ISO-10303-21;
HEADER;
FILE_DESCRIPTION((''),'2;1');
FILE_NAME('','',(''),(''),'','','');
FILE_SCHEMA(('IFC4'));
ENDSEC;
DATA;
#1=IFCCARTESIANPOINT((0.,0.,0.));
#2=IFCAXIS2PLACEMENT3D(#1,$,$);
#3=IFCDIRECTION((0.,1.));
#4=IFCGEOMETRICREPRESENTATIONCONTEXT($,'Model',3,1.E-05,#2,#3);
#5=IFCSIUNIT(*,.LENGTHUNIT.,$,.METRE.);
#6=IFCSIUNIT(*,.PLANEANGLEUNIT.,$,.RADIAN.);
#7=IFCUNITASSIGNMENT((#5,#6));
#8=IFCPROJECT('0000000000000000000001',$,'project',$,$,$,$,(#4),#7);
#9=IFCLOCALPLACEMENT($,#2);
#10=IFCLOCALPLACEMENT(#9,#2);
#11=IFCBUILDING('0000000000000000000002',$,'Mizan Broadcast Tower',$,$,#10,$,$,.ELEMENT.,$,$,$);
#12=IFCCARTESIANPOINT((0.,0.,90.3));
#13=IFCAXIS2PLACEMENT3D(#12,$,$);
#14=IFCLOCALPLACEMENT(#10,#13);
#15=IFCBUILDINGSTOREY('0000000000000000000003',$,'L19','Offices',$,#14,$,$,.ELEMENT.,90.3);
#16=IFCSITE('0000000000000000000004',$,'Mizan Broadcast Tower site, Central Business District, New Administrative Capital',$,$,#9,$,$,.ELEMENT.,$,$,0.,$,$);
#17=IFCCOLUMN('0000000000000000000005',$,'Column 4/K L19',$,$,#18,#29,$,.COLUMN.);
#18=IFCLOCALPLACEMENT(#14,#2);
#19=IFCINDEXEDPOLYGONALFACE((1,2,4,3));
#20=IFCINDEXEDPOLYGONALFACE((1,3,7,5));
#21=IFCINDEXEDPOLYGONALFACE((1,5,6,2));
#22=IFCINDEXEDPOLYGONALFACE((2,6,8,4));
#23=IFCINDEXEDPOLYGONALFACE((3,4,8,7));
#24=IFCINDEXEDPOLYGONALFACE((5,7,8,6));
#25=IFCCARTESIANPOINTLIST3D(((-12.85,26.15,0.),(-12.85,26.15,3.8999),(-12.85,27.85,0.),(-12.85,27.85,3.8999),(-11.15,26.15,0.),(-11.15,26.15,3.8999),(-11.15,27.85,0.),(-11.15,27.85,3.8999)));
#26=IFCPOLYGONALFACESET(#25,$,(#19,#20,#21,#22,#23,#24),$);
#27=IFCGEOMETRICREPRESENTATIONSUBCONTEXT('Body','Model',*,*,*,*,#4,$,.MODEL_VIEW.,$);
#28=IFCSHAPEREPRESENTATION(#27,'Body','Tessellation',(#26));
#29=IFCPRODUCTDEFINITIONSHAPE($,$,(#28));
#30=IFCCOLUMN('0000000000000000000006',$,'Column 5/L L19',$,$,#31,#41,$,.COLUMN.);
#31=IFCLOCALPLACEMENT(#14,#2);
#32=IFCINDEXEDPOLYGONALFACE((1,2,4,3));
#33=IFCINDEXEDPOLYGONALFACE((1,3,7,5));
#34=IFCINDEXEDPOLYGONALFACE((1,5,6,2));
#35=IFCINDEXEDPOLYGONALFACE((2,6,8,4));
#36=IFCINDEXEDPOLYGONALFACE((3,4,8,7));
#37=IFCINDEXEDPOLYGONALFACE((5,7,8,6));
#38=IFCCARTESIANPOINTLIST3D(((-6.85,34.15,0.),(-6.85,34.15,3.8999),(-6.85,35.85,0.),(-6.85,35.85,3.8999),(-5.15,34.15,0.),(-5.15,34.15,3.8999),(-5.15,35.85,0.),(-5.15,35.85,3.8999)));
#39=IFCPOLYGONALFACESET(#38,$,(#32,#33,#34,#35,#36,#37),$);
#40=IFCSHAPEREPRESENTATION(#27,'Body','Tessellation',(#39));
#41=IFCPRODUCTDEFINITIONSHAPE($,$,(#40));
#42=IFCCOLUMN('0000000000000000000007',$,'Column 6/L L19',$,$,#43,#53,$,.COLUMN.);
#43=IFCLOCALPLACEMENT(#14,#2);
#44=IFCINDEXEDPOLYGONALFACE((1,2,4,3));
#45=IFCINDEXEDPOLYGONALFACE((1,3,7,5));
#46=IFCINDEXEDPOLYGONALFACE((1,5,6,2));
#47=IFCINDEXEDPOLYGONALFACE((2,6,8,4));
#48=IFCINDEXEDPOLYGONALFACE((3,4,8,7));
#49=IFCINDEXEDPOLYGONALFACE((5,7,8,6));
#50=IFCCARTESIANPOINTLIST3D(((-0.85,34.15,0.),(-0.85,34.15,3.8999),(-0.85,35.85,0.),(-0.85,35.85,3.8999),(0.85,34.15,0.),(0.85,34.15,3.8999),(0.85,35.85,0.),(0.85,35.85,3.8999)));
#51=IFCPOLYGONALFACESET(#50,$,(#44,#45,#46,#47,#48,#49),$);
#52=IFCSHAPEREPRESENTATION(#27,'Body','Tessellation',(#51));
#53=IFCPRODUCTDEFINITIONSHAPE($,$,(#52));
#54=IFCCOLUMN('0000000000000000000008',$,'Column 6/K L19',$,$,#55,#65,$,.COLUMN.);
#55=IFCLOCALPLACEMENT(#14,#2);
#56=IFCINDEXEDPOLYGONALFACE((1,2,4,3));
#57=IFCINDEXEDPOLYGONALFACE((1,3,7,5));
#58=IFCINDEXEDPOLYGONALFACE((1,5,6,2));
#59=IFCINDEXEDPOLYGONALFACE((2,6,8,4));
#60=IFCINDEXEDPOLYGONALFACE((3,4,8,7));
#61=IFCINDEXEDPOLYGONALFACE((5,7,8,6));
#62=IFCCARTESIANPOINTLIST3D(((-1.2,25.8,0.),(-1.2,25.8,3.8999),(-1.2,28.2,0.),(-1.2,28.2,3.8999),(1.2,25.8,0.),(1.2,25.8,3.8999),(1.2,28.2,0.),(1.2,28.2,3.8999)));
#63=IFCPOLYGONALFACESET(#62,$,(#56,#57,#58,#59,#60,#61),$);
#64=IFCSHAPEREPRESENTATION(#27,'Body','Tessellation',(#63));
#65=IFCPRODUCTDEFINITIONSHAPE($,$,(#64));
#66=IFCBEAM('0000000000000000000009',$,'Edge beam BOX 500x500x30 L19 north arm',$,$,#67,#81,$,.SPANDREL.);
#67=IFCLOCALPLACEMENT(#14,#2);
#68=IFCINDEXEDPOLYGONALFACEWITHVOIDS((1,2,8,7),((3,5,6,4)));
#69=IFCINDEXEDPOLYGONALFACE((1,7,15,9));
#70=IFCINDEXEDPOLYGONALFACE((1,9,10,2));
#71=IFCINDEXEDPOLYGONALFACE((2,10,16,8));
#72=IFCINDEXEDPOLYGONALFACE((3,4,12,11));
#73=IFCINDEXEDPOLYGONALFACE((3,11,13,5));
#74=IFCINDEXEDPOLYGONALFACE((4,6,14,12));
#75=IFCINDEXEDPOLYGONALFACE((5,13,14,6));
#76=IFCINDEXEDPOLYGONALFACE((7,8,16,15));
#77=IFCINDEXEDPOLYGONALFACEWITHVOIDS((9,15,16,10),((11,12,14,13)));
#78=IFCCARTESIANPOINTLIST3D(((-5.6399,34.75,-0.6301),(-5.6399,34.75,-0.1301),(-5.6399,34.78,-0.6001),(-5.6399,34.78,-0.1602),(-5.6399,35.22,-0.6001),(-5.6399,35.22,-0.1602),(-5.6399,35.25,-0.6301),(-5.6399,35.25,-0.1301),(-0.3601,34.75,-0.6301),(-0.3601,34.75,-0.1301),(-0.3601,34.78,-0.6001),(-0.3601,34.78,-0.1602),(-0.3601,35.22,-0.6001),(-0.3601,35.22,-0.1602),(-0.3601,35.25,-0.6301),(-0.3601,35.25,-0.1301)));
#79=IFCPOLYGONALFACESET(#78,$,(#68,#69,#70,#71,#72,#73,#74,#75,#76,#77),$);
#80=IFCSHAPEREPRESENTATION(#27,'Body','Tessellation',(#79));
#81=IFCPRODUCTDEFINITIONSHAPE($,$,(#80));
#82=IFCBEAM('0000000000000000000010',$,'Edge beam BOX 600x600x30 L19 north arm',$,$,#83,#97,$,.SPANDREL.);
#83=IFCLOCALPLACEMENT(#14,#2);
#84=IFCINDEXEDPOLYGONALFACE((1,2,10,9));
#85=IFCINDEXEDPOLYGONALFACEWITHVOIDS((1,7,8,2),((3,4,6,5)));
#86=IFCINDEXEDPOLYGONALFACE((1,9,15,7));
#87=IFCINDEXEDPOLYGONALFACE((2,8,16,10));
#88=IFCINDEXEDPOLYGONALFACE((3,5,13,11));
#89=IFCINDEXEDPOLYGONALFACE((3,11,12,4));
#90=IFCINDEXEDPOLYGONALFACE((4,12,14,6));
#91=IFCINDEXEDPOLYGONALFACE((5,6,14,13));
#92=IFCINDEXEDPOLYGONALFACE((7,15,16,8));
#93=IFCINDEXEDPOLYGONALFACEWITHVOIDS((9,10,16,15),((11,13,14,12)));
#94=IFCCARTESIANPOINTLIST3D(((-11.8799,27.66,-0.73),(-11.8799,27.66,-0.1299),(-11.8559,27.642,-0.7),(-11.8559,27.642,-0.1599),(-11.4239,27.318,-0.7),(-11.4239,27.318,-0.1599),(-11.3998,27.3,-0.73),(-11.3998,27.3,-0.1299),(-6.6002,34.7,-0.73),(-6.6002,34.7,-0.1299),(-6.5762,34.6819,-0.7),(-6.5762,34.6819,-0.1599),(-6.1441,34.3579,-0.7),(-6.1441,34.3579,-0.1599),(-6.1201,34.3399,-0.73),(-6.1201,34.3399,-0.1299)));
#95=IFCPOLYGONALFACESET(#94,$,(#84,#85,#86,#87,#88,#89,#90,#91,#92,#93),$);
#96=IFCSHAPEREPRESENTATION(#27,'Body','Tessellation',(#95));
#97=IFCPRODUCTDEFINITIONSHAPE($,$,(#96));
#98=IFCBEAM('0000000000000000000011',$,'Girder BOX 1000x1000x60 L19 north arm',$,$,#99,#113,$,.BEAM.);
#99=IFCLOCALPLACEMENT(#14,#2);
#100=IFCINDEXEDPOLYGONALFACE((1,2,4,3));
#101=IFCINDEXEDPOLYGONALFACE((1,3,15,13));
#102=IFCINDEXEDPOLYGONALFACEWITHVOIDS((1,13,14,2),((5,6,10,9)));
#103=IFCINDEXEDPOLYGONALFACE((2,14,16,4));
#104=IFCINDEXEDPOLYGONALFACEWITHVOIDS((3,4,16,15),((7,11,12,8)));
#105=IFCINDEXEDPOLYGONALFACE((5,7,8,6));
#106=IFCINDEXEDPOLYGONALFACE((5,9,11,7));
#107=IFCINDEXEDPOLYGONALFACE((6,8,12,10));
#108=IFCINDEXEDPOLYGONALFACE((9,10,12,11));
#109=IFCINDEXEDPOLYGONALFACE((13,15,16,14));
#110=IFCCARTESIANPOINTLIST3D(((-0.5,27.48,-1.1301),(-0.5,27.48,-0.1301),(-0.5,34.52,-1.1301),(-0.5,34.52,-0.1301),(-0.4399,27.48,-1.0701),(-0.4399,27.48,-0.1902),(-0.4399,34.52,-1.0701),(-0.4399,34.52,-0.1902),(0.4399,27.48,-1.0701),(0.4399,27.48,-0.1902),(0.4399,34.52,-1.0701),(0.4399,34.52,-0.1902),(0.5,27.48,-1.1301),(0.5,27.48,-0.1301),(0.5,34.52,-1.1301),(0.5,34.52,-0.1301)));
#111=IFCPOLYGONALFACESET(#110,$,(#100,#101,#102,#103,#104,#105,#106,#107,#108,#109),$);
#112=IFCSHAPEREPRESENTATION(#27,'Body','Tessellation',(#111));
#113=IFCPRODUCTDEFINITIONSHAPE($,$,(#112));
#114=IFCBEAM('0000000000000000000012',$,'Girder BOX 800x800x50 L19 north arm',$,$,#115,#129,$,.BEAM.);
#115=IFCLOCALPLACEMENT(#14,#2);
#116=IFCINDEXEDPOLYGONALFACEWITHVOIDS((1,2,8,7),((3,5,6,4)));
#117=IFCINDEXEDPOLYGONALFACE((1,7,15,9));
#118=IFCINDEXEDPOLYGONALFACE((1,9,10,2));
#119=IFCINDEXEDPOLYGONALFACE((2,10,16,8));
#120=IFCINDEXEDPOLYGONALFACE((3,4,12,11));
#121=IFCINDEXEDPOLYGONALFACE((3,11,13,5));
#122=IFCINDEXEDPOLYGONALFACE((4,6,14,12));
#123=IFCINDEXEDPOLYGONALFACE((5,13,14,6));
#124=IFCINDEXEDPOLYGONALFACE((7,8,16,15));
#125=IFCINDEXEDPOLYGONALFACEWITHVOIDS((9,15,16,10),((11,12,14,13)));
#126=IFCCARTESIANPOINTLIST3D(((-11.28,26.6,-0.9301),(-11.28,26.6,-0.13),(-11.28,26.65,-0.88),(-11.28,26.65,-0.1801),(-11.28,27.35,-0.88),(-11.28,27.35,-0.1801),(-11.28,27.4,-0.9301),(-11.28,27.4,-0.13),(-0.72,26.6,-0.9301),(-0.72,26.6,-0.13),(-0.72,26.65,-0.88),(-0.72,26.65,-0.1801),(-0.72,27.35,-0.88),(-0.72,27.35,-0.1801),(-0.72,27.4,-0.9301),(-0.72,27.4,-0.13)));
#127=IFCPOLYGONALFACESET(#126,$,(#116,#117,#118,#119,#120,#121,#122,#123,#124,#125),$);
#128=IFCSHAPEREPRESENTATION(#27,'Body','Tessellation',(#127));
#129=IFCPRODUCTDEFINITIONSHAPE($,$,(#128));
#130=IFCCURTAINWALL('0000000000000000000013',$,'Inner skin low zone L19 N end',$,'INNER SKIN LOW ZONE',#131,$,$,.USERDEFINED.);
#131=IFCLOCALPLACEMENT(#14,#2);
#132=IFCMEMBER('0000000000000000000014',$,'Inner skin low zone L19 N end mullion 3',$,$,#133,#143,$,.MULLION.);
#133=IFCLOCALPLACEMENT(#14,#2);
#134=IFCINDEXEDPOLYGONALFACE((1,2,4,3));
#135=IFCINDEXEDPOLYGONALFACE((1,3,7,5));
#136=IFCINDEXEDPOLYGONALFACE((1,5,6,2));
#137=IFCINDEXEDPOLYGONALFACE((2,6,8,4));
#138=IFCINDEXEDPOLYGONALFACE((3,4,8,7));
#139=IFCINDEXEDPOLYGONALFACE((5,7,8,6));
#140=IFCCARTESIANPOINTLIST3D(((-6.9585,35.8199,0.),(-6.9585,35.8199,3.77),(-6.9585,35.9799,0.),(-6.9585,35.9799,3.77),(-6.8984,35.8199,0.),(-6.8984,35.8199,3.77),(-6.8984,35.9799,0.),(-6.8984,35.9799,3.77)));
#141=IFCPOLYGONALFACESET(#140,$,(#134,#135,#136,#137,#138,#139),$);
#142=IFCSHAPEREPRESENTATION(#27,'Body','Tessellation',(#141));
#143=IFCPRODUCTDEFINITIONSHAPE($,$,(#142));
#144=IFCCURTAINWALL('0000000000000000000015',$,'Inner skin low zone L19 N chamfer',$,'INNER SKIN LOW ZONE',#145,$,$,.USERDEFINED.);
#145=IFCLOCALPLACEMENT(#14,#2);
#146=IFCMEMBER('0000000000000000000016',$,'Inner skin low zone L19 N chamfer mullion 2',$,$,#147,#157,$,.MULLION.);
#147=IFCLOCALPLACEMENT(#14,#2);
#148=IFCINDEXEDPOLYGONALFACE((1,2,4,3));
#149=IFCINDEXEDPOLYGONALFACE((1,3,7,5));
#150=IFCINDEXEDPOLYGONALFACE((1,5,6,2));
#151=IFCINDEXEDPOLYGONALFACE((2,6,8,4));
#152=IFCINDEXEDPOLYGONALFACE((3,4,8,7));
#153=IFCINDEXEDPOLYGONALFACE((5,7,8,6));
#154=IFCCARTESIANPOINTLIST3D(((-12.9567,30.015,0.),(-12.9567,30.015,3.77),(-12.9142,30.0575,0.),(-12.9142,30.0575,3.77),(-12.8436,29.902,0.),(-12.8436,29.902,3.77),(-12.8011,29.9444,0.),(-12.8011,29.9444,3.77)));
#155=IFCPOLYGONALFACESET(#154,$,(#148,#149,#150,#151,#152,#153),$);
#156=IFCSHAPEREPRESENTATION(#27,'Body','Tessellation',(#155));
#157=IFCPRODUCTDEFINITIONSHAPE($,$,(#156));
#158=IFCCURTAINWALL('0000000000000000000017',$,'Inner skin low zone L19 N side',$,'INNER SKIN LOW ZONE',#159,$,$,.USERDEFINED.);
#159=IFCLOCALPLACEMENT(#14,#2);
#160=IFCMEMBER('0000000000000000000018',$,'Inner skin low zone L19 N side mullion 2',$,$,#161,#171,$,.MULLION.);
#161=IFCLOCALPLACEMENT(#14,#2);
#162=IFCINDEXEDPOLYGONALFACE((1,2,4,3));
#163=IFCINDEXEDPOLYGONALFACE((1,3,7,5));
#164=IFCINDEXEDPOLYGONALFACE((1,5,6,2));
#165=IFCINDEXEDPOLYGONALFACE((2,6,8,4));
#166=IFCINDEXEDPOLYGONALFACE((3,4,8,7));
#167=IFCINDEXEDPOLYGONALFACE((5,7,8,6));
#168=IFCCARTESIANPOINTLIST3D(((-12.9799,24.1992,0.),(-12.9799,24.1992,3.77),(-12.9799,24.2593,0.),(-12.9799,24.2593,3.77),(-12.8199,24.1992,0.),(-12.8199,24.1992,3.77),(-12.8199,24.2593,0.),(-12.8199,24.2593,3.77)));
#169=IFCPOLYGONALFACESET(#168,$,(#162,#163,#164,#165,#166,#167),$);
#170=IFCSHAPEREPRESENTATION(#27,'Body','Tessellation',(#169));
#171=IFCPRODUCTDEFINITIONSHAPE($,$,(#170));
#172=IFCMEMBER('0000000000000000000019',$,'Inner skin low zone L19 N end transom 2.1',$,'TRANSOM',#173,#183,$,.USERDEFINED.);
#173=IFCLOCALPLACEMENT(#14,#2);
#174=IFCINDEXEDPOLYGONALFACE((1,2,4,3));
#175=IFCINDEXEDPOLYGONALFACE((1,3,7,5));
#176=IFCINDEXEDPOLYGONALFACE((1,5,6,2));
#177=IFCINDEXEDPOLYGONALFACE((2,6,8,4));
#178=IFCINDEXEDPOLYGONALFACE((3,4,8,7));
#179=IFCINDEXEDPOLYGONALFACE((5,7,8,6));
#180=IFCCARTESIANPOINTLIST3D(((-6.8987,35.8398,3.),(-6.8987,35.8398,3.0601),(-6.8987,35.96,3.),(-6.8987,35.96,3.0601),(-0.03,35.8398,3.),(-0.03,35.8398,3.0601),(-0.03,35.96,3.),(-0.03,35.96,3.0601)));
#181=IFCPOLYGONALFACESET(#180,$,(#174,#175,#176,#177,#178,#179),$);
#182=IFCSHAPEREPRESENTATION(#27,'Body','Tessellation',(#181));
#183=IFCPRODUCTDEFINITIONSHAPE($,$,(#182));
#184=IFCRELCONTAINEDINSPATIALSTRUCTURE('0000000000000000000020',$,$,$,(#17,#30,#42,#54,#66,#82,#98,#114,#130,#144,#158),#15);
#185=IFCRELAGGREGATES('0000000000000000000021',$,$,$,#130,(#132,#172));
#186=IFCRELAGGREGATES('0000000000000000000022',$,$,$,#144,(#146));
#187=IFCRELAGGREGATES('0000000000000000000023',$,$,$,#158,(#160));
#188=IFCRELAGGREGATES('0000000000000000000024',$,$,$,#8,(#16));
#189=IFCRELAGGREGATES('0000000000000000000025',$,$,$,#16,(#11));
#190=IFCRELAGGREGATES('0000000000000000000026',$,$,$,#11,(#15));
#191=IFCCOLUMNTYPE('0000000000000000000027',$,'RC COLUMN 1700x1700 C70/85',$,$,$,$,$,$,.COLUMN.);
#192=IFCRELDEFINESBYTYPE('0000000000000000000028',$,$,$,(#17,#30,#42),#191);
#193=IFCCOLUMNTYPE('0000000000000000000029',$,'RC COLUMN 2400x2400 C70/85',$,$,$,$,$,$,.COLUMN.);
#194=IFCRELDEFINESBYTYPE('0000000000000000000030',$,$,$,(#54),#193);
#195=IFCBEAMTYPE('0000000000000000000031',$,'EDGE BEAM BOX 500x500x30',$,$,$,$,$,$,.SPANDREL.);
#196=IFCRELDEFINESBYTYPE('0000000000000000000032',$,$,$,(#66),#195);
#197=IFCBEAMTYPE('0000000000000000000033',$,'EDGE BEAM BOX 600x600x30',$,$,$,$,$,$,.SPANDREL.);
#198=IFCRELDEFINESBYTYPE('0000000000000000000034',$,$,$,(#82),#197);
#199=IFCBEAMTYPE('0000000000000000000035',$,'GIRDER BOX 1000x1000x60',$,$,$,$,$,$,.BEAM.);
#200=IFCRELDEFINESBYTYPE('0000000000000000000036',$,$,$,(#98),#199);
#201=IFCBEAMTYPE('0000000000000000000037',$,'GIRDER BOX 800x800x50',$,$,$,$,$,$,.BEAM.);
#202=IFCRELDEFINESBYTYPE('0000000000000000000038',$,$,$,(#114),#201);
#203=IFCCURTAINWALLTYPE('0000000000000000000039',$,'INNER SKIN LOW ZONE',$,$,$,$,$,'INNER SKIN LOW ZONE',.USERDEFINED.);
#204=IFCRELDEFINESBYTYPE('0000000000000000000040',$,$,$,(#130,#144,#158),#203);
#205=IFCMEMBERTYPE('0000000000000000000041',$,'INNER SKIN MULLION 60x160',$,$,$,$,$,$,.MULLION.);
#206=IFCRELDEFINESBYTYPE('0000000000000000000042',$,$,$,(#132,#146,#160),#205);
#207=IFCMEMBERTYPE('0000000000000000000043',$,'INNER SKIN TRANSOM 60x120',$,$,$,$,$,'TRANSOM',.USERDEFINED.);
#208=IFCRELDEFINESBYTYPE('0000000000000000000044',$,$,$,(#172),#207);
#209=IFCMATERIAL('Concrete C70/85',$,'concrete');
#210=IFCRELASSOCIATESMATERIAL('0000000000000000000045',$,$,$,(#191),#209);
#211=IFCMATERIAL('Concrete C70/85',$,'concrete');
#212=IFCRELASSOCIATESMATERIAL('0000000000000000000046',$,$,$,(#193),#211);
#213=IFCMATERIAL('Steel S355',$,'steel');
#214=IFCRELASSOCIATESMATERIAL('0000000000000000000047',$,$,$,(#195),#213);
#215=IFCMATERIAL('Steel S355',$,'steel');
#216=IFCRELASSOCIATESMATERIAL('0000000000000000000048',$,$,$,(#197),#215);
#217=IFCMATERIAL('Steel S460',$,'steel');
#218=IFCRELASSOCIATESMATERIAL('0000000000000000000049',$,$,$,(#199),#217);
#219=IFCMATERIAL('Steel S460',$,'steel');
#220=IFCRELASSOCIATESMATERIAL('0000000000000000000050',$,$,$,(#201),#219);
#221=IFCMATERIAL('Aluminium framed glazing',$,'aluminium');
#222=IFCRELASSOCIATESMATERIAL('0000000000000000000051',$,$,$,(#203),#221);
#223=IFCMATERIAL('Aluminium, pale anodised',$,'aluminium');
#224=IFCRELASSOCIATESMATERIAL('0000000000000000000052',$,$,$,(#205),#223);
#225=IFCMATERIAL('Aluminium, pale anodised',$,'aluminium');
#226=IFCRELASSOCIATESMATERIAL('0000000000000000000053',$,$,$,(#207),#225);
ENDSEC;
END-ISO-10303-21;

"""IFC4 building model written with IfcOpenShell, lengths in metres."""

from ifc_helpers import new_model, si_unit, direction, frame, origin, origin_2d, place, context, subcontext, project, spatial, rectangle, hollow_rectangle, extrude, material, material_profile, profile_set, type_object, element, aggregate, save


model = new_model("IFC4")

# Units and contexts
model_context = context("Model", 3, precision=1e-05, world=origin(), true_north=direction((0.0, 1.0)))
body_context = subcontext(model_context, "Body", "Model", "MODEL_VIEW")
ifc_project = project(units=[si_unit("LENGTHUNIT", "METRE"), si_unit("PLANEANGLEUNIT", "RADIAN")], contexts=[model_context])

# Site, building, storey
site_placement = place(None, origin())
site = spatial("IfcSite", under=ifc_project, at=site_placement, Name="Mizan Broadcast Tower site, Central Business District, New Administrative Capital", CompositionType="ELEMENT", RefElevation=0.0)
building_placement = place(site_placement, origin())
building = spatial("IfcBuilding", under=site, at=building_placement, Name="Mizan Broadcast Tower", CompositionType="ELEMENT")
storey_placement = place(building_placement, frame((0.0, 0.0, 90.3)))
storey = spatial("IfcBuildingStorey", under=building, at=storey_placement, Name="L19", Description="Offices", CompositionType="ELEMENT", Elevation=90.3)

# Columns
ifc_material_1 = material(Name="Concrete C70/85", Category="concrete")
ifc_material_profile_1 = material_profile(ifc_material_1, rectangle(XDim=1.7, YDim=1.7, at=origin_2d()), Name="RC 1700x1700")
ifc_profile_set_1 = profile_set([ifc_material_profile_1], Name="Concrete C70/85")
column_type_1 = type_object("IfcColumnType", Name="RC COLUMN 1700x1700 C70/85", PredefinedType="COLUMN", material=ifc_profile_set_1)
for number, where, z_axis, x_axis, name in (
    (1, (-12.0, 27.0, 0.0), (0.0, 0.0, 1.0), (1.0, 0.0, 0.0), "Column 4/K L19"),
    (2, (-6.0, 35.0, 0.0), (0.0, 0.0, 1.0), (1.0, 0.0, 0.0), "Column 5/L L19"),
    (3, (0.0, 35.0, 0.0), (0.0, 0.0, 1.0), (1.0, 0.0, 0.0), "Column 6/L L19"),
):
    element("IfcColumn", number, at=place(storey_placement, frame(where, z_axis=z_axis, x_axis=x_axis)), inside=storey, type_object=column_type_1, Name=name, PredefinedType="COLUMN", context=body_context, shape_type="SweptSolid", body=[
        extrude(rectangle(XDim=1.7, YDim=1.7, at=origin_2d()), origin(), (0.0, 0.0, 1.0), 3.8999),
    ])
ifc_material_2 = material(Name="Concrete C70/85", Category="concrete")
ifc_material_profile_2 = material_profile(ifc_material_2, rectangle(XDim=2.3999, YDim=2.3999, at=origin_2d()), Name="RC 2400x2400")
ifc_profile_set_2 = profile_set([ifc_material_profile_2], Name="Concrete C70/85")
column_type_2 = type_object("IfcColumnType", Name="RC COLUMN 2400x2400 C70/85", PredefinedType="COLUMN", material=ifc_profile_set_2)
column_placement = place(storey_placement, frame((0.0, 27.0, 0.0), z_axis=(0.0, 0.0, 1.0), x_axis=(1.0, 0.0, 0.0)))
element("IfcColumn", 4, at=column_placement, inside=storey, type_object=column_type_2, Name="Column 6/K L19", PredefinedType="COLUMN", context=body_context, shape_type="SweptSolid", body=[
    extrude(rectangle(XDim=2.3999, YDim=2.3999, at=origin_2d()), origin(), (0.0, 0.0, 1.0), 3.8999),
])

# Beams
ifc_material_3 = material(Name="Steel S355", Category="steel")
ifc_material_profile_3 = material_profile(ifc_material_3, hollow_rectangle(XDim=0.5, YDim=0.5, WallThickness=0.03, at=origin_2d()), Name="BOX 500x500x30")
ifc_profile_set_3 = profile_set([ifc_material_profile_3], Name="Steel S355")
beam_type_1 = type_object("IfcBeamType", Name="EDGE BEAM BOX 500x500x30", PredefinedType="SPANDREL", material=ifc_profile_set_3)
beam_1_placement = place(storey_placement, frame((-5.6399, 35.0, -0.3801), z_axis=(1.0, 0.0, 0.0), x_axis=(0.0, 1.0, 0.0)))
element("IfcBeam", 5, at=beam_1_placement, inside=storey, type_object=beam_type_1, Name="Edge beam BOX 500x500x30 L19 north arm", PredefinedType="SPANDREL", context=body_context, shape_type="SweptSolid", body=[
    extrude(hollow_rectangle(XDim=0.5, YDim=0.5, WallThickness=0.03, at=origin_2d()), origin(), (0.0, 0.0, 1.0), 5.2798),
])
ifc_material_4 = material(Name="Steel S355", Category="steel")
ifc_material_profile_4 = material_profile(ifc_material_4, hollow_rectangle(XDim=0.6001, YDim=0.6001, WallThickness=0.03, at=origin_2d()), Name="BOX 600x600x30")
ifc_profile_set_4 = profile_set([ifc_material_profile_4], Name="Steel S355")
beam_type_2 = type_object("IfcBeamType", Name="EDGE BEAM BOX 600x600x30", PredefinedType="SPANDREL", material=ifc_profile_set_4)
beam_2_placement = place(storey_placement, frame((-11.6399, 27.48, -0.4299), z_axis=(0.599982, 0.800013, 0.0), x_axis=(-0.800013, 0.599982, 0.0)))
element("IfcBeam", 6, at=beam_2_placement, inside=storey, type_object=beam_type_2, Name="Edge beam BOX 600x600x30 L19 north arm", PredefinedType="SPANDREL", context=body_context, shape_type="SweptSolid", body=[
    extrude(hollow_rectangle(XDim=0.6001, YDim=0.6001, WallThickness=0.03, at=origin_2d()), origin(), (0.0, 0.0, 1.0), 8.7998),
])
ifc_material_5 = material(Name="Steel S460", Category="steel")
ifc_material_profile_5 = material_profile(ifc_material_5, hollow_rectangle(XDim=1.0, YDim=1.0, WallThickness=0.0601, at=origin_2d()), Name="BOX 1000x1000x60")
ifc_profile_set_5 = profile_set([ifc_material_profile_5], Name="Steel S460")
beam_type_3 = type_object("IfcBeamType", Name="GIRDER BOX 1000x1000x60", PredefinedType="BEAM", material=ifc_profile_set_5)
beam_3_placement = place(storey_placement, frame((0.0, 27.48, -0.6301), z_axis=(0.0, 1.0, 0.0), x_axis=(-1.0, 0.0, 0.0)))
element("IfcBeam", 7, at=beam_3_placement, inside=storey, type_object=beam_type_3, Name="Girder BOX 1000x1000x60 L19 north arm", PredefinedType="BEAM", context=body_context, shape_type="SweptSolid", body=[
    extrude(hollow_rectangle(XDim=1.0, YDim=1.0, WallThickness=0.0601, at=origin_2d()), origin(), (0.0, 0.0, 1.0), 7.04),
])
ifc_material_6 = material(Name="Steel S460", Category="steel")
ifc_material_profile_6 = material_profile(ifc_material_6, hollow_rectangle(XDim=0.8, YDim=0.8, WallThickness=0.05, at=origin_2d()), Name="BOX 800x800x50")
ifc_profile_set_6 = profile_set([ifc_material_profile_6], Name="Steel S460")
beam_type_4 = type_object("IfcBeamType", Name="GIRDER BOX 800x800x50", PredefinedType="BEAM", material=ifc_profile_set_6)
beam_4_placement = place(storey_placement, frame((-11.28, 27.0, -0.53), z_axis=(1.0, 0.0, 0.0), x_axis=(0.0, 1.0, 0.0)))
element("IfcBeam", 8, at=beam_4_placement, inside=storey, type_object=beam_type_4, Name="Girder BOX 800x800x50 L19 north arm", PredefinedType="BEAM", context=body_context, shape_type="SweptSolid", body=[
    extrude(hollow_rectangle(XDim=0.8, YDim=0.8, WallThickness=0.05, at=origin_2d()), origin(), (0.0, 0.0, 1.0), 10.5601),
])

# Curtain walls, members
ifc_material_7 = material(Name="Aluminium framed glazing", Category="aluminium")
curtain_wall_type_1 = type_object("IfcCurtainWallType", Name="INNER SKIN LOW ZONE", ElementType="INNER SKIN LOW ZONE", PredefinedType="USERDEFINED", material=ifc_material_7)
curtain_wall_1_placement = place(storey_placement, origin())
curtain_wall_1 = element("IfcCurtainWall", 9, at=curtain_wall_1_placement, inside=storey, type_object=curtain_wall_type_1, Name="Inner skin low zone L19 N end", ObjectType="INNER SKIN LOW ZONE", PredefinedType="USERDEFINED")
ifc_material_8 = material(Name="Aluminium, pale anodised", Category="aluminium")
ifc_material_profile_7 = material_profile(ifc_material_8, rectangle(XDim=0.1599, YDim=0.0601, at=origin_2d()), Name="MULLION 160x60")
ifc_profile_set_7 = profile_set([ifc_material_profile_7], Name="Aluminium, pale anodised")
member_type_1 = type_object("IfcMemberType", Name="INNER SKIN MULLION 60x160", PredefinedType="MULLION", material=ifc_profile_set_7)
member_1_placement = place(storey_placement, frame((-6.9285, 35.8999, 0.0), z_axis=(0.0, 0.0, 1.0), x_axis=(0.0, -1.0, 0.0)))
member_1 = element("IfcMember", 10, at=member_1_placement, type_object=member_type_1, Name="Inner skin low zone L19 N end mullion 3", PredefinedType="MULLION", context=body_context, shape_type="SweptSolid", body=[
    extrude(rectangle(XDim=0.1599, YDim=0.0601, at=origin_2d()), origin(), (0.0, 0.0, 1.0), 3.77),
])
curtain_wall_2_placement = place(storey_placement, origin())
curtain_wall_2 = element("IfcCurtainWall", 11, at=curtain_wall_2_placement, inside=storey, type_object=curtain_wall_type_1, Name="Inner skin low zone L19 N chamfer", ObjectType="INNER SKIN LOW ZONE", PredefinedType="USERDEFINED")
member_2_placement = place(storey_placement, frame((-12.8789, 29.9797, 0.0), z_axis=(0.0, 0.0, 1.0), x_axis=(0.707107, -0.707107, 0.0)))
member_2 = element("IfcMember", 12, at=member_2_placement, type_object=member_type_1, Name="Inner skin low zone L19 N chamfer mullion 2", PredefinedType="MULLION", context=body_context, shape_type="SweptSolid", body=[
    extrude(rectangle(XDim=0.1599, YDim=0.0601, at=origin_2d()), origin(), (0.0, 0.0, 1.0), 3.77),
])
curtain_wall_3_placement = place(storey_placement, origin())
curtain_wall_3 = element("IfcCurtainWall", 13, at=curtain_wall_3_placement, inside=storey, type_object=curtain_wall_type_1, Name="Inner skin low zone L19 N side", ObjectType="INNER SKIN LOW ZONE", PredefinedType="USERDEFINED")
member_3_placement = place(storey_placement, frame((-12.8999, 24.2292, 0.0), z_axis=(0.0, 0.0, 1.0), x_axis=(1.0, 0.0, 0.0)))
member_3 = element("IfcMember", 14, at=member_3_placement, type_object=member_type_1, Name="Inner skin low zone L19 N side mullion 2", PredefinedType="MULLION", context=body_context, shape_type="SweptSolid", body=[
    extrude(rectangle(XDim=0.1599, YDim=0.0601, at=origin_2d()), origin(), (0.0, 0.0, 1.0), 3.77),
])

# Member
ifc_material_9 = material(Name="Aluminium, pale anodised", Category="aluminium")
ifc_material_profile_8 = material_profile(ifc_material_9, rectangle(XDim=0.1201, YDim=0.0601, at=origin_2d()), Name="TRANSOM 120x60")
ifc_profile_set_8 = profile_set([ifc_material_profile_8], Name="Aluminium, pale anodised")
member_type_2 = type_object("IfcMemberType", Name="INNER SKIN TRANSOM 60x120", ElementType="TRANSOM", PredefinedType="USERDEFINED", material=ifc_profile_set_8)
member_4_placement = place(storey_placement, frame((-0.03, 35.8999, 3.03), z_axis=(-1.0, 0.0, 0.0), x_axis=(0.0, -1.0, 0.0)))
member_4 = element("IfcMember", 15, at=member_4_placement, type_object=member_type_2, Name="Inner skin low zone L19 N end transom 2.1", ObjectType="TRANSOM", PredefinedType="USERDEFINED", context=body_context, shape_type="SweptSolid", body=[
    extrude(rectangle(XDim=0.1201, YDim=0.0601, at=origin_2d()), origin(), (0.0, 0.0, 1.0), 6.8687),
])

aggregate(curtain_wall_1, [member_1, member_4])
aggregate(curtain_wall_2, [member_2])
aggregate(curtain_wall_3, [member_3])

save(model, "model.ifc")
